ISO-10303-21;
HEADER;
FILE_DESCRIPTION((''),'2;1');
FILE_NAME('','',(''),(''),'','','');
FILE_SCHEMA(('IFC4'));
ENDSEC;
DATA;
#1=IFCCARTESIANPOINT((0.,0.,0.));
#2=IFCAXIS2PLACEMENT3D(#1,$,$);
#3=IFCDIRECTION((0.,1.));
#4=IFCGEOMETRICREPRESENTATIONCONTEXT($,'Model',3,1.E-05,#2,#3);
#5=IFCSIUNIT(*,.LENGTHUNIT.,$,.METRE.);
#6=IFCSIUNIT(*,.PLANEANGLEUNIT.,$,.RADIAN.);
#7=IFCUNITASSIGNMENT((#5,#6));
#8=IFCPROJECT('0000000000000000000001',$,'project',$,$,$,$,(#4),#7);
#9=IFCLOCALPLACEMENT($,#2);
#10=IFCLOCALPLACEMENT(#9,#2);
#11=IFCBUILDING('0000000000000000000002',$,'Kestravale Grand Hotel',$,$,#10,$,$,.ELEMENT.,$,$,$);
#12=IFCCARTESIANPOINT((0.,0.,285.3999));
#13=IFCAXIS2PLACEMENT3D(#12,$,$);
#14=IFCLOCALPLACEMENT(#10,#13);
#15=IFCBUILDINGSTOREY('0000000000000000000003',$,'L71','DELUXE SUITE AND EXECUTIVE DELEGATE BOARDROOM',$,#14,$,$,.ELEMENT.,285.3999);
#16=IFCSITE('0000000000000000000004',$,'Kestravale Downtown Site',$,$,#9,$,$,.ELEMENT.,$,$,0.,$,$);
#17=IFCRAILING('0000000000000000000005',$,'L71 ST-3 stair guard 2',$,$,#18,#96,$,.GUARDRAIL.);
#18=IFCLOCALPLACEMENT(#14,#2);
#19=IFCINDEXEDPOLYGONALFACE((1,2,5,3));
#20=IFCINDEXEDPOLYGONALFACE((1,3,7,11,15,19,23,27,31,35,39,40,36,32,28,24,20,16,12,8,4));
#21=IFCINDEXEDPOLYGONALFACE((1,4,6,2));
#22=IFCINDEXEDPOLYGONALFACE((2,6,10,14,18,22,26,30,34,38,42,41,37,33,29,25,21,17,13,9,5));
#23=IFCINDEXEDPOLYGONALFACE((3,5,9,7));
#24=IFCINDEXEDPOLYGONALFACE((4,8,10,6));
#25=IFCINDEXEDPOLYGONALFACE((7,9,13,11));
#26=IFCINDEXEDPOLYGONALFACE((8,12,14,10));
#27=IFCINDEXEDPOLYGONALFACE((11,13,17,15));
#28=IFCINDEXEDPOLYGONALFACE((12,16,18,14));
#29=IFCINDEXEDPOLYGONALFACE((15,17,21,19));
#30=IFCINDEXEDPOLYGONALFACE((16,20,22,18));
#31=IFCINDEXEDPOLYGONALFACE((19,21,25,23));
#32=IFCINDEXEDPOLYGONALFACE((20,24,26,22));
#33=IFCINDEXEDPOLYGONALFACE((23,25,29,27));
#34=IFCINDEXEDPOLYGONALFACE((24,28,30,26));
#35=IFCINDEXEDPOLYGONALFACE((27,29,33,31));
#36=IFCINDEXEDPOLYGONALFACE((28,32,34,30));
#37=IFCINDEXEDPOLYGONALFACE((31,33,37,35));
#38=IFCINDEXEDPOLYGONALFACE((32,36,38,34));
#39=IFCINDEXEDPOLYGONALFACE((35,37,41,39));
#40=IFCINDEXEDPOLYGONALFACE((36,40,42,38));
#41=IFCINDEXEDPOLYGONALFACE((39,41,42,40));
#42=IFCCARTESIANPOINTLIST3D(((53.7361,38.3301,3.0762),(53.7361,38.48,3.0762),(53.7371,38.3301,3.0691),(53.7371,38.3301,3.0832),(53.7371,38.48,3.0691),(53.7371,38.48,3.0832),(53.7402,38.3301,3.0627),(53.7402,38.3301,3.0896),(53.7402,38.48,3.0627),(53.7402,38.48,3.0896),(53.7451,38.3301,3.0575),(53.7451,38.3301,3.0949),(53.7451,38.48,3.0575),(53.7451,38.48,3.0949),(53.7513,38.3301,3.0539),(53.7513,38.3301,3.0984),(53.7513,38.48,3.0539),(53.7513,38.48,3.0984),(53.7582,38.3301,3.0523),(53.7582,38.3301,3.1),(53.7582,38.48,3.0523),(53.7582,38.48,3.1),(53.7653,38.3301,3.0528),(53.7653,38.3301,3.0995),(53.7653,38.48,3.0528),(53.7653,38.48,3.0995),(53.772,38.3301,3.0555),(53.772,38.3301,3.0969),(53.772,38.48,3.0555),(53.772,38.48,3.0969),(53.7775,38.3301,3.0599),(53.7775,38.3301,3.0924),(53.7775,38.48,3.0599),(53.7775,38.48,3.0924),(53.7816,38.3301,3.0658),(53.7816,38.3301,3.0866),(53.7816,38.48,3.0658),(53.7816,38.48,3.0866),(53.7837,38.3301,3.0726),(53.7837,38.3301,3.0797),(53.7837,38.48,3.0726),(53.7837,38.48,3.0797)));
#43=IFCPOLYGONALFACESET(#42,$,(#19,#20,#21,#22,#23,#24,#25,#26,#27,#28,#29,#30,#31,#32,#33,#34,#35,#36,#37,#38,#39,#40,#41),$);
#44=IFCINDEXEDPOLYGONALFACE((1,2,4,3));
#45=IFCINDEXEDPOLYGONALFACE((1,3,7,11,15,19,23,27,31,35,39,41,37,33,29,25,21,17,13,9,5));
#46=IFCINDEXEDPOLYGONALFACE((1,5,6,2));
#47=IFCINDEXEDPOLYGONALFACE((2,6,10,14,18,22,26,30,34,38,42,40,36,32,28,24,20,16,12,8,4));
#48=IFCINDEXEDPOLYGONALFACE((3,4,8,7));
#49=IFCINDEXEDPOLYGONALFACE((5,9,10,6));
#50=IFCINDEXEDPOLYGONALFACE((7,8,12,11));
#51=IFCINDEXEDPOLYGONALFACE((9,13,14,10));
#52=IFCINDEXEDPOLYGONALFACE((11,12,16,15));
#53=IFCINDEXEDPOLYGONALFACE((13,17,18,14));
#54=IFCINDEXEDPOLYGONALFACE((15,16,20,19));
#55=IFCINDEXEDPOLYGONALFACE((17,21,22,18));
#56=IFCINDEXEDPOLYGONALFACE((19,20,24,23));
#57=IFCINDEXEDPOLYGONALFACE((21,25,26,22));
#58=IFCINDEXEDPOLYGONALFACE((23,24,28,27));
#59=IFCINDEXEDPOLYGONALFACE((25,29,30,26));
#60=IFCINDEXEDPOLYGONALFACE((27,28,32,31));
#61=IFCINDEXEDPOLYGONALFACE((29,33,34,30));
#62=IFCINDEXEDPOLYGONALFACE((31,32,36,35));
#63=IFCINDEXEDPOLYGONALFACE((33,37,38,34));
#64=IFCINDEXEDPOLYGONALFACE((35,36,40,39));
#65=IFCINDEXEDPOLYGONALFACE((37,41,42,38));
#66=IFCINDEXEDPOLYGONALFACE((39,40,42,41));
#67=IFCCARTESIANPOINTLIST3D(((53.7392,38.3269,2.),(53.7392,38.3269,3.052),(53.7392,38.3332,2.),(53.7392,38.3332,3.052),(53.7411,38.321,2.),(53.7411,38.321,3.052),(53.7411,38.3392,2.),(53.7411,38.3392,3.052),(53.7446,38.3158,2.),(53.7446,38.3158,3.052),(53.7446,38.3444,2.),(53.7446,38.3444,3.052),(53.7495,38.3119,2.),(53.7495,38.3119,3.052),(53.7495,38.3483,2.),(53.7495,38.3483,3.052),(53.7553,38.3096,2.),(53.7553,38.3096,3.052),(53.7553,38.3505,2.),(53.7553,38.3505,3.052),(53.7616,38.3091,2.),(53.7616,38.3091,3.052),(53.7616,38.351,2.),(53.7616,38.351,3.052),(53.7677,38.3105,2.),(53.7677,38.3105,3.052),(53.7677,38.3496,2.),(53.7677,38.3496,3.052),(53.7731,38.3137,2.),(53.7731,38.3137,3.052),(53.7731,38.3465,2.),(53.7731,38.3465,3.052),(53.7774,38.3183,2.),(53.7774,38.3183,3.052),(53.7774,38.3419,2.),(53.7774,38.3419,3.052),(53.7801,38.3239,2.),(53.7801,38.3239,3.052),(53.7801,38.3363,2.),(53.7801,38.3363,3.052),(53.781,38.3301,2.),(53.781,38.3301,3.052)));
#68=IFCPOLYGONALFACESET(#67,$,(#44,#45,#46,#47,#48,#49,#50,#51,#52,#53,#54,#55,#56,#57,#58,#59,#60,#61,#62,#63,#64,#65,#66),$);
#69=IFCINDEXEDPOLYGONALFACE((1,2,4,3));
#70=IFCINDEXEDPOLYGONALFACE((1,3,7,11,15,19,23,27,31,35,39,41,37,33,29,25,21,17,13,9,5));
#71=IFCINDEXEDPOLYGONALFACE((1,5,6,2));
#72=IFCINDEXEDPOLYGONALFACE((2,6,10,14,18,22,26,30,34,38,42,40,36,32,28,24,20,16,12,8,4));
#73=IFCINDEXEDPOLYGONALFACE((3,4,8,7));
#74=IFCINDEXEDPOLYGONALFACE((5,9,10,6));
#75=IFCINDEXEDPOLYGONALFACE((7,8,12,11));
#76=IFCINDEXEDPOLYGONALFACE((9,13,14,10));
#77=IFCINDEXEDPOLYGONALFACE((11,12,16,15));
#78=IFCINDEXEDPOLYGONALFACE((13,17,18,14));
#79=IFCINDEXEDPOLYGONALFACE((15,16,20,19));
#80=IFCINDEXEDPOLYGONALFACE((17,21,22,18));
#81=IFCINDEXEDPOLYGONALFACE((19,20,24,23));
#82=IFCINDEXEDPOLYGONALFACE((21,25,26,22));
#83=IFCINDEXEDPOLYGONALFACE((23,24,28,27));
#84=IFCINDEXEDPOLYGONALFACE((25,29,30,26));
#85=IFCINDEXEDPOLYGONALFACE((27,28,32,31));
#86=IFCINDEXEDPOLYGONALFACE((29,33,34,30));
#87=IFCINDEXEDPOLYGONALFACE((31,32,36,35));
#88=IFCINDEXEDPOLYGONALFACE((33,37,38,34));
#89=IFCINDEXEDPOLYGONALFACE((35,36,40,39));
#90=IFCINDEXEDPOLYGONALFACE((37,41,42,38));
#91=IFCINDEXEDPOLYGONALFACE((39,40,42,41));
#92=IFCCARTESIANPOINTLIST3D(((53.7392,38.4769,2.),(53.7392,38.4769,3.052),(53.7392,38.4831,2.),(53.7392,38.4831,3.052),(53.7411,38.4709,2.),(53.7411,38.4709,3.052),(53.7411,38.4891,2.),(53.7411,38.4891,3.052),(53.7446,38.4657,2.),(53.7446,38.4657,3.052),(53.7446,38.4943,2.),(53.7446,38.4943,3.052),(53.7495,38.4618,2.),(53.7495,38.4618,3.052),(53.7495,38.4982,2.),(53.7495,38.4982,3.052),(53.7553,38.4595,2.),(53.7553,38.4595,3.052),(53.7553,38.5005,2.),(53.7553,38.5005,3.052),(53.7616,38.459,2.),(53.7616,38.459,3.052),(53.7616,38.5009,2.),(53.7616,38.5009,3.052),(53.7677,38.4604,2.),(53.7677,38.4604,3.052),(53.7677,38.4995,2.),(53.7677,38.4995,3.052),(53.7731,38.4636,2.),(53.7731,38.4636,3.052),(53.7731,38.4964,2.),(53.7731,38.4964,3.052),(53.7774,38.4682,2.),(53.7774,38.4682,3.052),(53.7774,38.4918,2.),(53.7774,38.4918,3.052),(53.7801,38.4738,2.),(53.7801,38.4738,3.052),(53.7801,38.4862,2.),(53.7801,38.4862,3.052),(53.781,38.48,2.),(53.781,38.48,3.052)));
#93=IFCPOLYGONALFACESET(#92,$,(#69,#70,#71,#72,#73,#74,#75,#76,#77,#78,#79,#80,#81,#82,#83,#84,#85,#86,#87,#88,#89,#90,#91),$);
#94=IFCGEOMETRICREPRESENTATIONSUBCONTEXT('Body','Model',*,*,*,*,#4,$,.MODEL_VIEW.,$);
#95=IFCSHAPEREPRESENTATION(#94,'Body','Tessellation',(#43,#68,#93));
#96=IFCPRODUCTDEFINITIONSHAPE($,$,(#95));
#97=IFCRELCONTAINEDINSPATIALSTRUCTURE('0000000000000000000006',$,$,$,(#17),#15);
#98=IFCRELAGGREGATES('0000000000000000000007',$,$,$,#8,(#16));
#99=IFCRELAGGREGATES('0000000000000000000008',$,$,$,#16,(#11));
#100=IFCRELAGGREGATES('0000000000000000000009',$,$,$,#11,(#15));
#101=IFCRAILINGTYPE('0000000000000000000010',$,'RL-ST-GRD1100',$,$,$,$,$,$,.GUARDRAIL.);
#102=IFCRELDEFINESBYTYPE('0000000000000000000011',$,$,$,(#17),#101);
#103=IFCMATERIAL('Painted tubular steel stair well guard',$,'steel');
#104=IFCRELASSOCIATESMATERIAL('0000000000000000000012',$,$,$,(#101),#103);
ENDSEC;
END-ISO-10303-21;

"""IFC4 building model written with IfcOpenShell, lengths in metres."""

from ifc_helpers import new_model, si_unit, direction, frame, origin, origin_2d, place, context, subcontext, project, spatial, circle, extrude, material, type_object, element, save


model = new_model("IFC4")

# Units and contexts
model_context = context("Model", 3, precision=1e-05, world=origin(), true_north=direction((0.0, 1.0)))
body_context = subcontext(model_context, "Body", "Model", "MODEL_VIEW")
ifc_project = project(units=[si_unit("LENGTHUNIT", "METRE"), si_unit("PLANEANGLEUNIT", "RADIAN")], contexts=[model_context])

# Site, building, storey
site_placement = place(None, origin())
site = spatial("IfcSite", under=ifc_project, at=site_placement, Name="Kestravale Downtown Site", CompositionType="ELEMENT", RefElevation=0.0)
building_placement = place(site_placement, origin())
building = spatial("IfcBuilding", under=site, at=building_placement, Name="Kestravale Grand Hotel", CompositionType="ELEMENT")
storey_placement = place(building_placement, frame((0.0, 0.0, 285.3999)))
storey = spatial("IfcBuildingStorey", under=building, at=storey_placement, Name="L71", Description="DELUXE SUITE AND EXECUTIVE DELEGATE BOARDROOM", CompositionType="ELEMENT", Elevation=285.3999)

# Railing
ifc_material_1 = material(Name="Painted tubular steel stair well guard", Category="steel")
railing_type_1 = type_object("IfcRailingType", Name="RL-ST-GRD1100", PredefinedType="GUARDRAIL", material=ifc_material_1)
railing_1_placement = place(storey_placement, frame((53.76, 38.3301, 2.0)))
element("IfcRailing", 1, at=railing_1_placement, inside=storey, type_object=railing_type_1, Name="L71 ST-3 stair guard 2", PredefinedType="GUARDRAIL", context=body_context, shape_type="SweptSolid", body=[
    extrude(circle(Radius=0.0239, at=origin_2d()), frame((0.0, 0.0, 1.0762), z_axis=(0.0, 1.0, 0.0), x_axis=(-1.0, 0.0, 0.0)), (0.0, 0.0, 1.0), 0.1499),
    extrude(circle(Radius=0.021, at=origin_2d()), origin(), (0.0, 0.0, 1.0), 1.052),
    extrude(circle(Radius=0.021, at=origin_2d()), frame((0.0, 0.1499, 0.0)), (0.0, 0.0, 1.0), 1.052),
])

save(model, "model.ifc")
